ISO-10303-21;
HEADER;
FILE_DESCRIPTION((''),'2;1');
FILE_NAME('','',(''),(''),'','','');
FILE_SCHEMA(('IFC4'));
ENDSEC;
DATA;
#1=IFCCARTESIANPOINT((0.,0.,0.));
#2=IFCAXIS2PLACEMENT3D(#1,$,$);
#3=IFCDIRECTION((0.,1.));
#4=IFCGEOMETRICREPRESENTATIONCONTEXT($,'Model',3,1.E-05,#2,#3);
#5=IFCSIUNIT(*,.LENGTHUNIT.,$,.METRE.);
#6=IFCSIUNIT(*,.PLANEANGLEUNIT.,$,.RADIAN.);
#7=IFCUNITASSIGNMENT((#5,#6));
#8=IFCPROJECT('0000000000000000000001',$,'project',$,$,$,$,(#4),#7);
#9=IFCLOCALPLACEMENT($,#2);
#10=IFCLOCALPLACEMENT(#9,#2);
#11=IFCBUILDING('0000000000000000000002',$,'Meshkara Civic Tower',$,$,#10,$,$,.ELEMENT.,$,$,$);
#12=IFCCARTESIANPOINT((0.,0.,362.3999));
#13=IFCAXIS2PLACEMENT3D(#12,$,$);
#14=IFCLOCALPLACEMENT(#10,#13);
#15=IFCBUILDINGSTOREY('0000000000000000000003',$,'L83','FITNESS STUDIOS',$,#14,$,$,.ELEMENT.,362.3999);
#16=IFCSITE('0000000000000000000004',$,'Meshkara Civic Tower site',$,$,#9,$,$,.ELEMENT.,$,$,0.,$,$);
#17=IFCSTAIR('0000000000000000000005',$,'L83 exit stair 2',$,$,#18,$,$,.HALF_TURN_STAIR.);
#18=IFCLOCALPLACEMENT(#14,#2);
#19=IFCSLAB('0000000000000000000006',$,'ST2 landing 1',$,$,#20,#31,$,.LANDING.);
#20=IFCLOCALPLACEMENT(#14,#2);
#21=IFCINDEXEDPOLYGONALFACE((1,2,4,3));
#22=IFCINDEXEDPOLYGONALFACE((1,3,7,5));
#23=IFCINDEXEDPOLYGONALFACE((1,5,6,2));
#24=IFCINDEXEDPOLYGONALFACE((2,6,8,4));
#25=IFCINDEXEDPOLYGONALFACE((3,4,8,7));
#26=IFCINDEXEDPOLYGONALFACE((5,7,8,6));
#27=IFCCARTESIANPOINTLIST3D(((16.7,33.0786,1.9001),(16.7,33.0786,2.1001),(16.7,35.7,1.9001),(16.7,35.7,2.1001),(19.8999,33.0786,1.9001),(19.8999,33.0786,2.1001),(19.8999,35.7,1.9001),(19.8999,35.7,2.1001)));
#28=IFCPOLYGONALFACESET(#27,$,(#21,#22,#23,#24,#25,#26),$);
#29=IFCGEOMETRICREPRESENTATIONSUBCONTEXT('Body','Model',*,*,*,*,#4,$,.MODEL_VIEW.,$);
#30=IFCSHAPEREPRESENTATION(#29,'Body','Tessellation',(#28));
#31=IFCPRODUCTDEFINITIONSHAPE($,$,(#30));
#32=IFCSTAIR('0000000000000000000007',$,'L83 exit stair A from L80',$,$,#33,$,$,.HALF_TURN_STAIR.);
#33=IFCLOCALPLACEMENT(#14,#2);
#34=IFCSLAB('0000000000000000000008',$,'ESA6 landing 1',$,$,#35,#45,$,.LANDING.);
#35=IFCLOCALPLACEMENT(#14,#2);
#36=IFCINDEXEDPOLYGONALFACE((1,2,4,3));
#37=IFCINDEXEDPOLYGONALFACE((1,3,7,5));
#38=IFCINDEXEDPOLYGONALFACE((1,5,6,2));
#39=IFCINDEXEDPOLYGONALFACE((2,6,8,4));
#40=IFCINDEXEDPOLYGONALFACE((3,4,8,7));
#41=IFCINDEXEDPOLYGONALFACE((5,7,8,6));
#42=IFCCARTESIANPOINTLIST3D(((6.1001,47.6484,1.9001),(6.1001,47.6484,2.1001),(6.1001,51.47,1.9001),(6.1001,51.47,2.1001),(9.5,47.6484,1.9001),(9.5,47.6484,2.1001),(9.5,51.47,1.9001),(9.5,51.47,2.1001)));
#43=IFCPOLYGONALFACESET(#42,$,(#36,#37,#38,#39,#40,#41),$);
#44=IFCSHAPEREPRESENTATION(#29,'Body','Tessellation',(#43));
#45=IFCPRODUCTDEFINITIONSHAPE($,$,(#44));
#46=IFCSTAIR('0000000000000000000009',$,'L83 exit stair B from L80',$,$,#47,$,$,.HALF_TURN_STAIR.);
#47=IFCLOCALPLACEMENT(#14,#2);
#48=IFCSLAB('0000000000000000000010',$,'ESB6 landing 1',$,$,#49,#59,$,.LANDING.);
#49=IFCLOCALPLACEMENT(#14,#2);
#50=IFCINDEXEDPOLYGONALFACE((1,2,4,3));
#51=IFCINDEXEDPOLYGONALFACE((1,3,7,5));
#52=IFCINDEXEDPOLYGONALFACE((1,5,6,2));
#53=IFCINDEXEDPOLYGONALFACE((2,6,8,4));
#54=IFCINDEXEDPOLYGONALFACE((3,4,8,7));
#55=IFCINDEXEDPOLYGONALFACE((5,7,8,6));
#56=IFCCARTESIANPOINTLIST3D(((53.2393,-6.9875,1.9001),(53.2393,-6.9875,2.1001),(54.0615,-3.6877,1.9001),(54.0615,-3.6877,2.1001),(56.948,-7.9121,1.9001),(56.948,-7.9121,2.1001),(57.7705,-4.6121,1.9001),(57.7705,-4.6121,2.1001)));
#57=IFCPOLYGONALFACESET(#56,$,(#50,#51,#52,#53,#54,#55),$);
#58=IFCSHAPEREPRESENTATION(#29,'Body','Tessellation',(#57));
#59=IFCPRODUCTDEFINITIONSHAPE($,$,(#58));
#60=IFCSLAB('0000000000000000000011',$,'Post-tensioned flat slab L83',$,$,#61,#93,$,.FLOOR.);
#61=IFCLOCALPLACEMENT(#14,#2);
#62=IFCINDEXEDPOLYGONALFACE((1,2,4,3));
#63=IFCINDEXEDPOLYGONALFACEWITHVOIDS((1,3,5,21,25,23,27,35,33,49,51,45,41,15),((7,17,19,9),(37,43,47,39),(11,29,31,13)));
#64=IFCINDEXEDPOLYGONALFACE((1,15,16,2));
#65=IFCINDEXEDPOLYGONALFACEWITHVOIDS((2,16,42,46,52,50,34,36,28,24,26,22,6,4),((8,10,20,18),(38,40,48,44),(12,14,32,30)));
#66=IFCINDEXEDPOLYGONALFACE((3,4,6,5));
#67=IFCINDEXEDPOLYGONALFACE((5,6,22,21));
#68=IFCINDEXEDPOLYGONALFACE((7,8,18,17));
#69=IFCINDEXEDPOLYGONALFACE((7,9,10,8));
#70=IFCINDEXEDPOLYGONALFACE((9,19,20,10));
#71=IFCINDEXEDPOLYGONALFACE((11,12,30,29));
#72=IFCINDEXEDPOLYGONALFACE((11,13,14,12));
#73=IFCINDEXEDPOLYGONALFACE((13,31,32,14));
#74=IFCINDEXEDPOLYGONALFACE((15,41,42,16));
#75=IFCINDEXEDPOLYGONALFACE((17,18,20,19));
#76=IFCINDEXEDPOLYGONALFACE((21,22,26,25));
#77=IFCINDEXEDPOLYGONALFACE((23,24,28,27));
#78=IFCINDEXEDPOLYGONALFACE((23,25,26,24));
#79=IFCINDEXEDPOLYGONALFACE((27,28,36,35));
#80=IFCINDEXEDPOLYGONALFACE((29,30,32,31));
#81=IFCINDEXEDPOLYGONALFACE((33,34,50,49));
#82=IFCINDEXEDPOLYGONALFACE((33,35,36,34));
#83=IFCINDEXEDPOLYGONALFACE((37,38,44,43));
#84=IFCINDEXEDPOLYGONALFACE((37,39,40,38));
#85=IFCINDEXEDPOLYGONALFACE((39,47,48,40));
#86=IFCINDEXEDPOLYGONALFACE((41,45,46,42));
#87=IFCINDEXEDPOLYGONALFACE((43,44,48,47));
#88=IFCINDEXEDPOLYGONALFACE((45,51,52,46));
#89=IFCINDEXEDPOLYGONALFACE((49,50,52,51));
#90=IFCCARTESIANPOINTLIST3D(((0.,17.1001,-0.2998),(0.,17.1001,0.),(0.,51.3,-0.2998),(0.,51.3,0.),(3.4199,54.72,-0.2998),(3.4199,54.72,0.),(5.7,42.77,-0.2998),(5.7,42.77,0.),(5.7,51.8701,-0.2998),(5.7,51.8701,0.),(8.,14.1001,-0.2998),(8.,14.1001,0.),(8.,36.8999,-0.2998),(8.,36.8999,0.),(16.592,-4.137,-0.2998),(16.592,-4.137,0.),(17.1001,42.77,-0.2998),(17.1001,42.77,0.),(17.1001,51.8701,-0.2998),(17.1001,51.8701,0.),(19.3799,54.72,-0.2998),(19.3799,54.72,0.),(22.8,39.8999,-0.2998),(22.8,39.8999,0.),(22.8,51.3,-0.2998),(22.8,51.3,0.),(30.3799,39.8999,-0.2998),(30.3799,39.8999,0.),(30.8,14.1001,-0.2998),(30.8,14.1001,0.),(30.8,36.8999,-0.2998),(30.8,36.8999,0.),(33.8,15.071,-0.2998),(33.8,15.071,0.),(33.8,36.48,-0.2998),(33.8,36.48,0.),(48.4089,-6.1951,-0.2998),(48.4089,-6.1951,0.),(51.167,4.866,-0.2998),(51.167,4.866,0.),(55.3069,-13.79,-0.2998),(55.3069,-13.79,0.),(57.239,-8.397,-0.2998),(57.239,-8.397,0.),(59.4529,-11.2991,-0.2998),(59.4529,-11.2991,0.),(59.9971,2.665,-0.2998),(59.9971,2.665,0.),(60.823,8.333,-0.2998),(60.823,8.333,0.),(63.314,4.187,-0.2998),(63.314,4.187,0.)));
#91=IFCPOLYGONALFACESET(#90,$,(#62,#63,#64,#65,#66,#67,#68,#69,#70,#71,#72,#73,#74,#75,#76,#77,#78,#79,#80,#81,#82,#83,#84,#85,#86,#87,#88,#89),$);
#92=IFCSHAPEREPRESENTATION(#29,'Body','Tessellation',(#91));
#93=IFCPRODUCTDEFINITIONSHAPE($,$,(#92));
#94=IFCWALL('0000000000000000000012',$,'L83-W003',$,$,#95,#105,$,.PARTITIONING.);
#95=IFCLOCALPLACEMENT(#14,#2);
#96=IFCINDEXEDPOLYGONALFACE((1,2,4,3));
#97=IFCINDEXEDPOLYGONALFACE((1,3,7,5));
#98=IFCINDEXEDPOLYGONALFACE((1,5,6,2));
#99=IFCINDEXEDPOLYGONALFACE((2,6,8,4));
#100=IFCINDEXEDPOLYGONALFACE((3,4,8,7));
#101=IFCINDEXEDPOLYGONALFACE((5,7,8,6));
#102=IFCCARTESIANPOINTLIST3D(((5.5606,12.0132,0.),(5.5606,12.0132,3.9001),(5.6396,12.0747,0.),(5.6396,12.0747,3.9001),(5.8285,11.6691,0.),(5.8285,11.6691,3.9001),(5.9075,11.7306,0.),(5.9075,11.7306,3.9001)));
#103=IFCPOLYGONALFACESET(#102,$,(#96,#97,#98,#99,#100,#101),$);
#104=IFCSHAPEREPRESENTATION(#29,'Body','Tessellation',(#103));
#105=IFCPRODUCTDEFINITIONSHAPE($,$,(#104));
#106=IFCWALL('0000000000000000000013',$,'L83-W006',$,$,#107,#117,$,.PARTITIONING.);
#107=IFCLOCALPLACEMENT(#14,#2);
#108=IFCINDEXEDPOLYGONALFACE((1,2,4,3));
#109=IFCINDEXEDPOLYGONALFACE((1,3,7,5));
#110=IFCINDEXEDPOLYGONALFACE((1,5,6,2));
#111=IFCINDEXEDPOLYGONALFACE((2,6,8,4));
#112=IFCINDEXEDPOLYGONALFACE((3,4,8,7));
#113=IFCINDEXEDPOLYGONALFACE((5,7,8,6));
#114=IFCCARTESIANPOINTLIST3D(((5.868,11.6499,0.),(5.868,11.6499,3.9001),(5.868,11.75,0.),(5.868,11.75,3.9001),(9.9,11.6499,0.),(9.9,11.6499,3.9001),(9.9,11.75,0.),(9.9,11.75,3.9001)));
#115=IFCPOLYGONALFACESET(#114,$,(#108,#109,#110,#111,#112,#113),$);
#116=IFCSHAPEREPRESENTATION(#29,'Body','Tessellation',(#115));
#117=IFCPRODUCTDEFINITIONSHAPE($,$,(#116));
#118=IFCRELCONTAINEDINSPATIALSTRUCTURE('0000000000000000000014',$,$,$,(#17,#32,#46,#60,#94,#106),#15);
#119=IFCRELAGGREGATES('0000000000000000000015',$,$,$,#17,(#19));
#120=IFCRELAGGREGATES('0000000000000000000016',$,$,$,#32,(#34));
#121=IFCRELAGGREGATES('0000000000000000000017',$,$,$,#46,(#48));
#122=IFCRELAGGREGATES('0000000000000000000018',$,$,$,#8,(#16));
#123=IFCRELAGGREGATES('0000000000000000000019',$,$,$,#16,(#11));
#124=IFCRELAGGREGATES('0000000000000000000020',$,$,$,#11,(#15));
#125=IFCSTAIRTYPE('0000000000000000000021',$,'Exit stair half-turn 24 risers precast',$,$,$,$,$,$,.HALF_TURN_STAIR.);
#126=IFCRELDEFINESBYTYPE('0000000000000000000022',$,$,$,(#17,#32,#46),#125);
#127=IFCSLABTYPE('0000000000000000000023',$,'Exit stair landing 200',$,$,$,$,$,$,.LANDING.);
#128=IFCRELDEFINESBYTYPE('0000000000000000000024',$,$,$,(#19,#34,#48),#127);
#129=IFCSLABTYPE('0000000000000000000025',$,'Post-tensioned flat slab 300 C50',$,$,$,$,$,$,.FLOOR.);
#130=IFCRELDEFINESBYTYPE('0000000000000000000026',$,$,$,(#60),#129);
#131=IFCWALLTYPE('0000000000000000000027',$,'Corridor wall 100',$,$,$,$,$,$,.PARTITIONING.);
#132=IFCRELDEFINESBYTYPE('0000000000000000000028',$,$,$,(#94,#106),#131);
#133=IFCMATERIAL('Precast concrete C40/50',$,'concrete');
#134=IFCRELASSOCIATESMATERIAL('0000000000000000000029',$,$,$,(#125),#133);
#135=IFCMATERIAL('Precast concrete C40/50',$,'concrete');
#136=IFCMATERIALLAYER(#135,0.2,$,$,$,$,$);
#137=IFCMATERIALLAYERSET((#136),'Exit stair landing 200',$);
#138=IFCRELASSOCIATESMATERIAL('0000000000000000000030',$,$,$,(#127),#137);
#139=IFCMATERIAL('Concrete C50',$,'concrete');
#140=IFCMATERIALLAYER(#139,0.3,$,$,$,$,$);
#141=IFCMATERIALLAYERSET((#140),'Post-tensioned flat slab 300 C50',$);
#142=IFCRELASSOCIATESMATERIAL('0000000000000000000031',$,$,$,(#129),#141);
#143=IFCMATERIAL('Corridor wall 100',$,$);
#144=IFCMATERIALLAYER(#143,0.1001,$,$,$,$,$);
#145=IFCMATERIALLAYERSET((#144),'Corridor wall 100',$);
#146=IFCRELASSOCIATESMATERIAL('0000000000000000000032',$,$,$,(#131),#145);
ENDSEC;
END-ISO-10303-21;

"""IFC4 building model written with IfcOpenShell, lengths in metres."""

from ifc_helpers import new_model, si_unit, direction, frame, frame_2d, origin, place, context, subcontext, project, spatial, polyline, rectangle, outline, extrude, material, layer, layer_set, type_object, element, aggregate, save


model = new_model("IFC4")

# Units and contexts
model_context = context("Model", 3, precision=1e-05, world=origin(), true_north=direction((0.0, 1.0)))
body_context = subcontext(model_context, "Body", "Model", "MODEL_VIEW")
ifc_project = project(units=[si_unit("LENGTHUNIT", "METRE"), si_unit("PLANEANGLEUNIT", "RADIAN")], contexts=[model_context])

# Site, building, storey
site_placement = place(None, origin())
site = spatial("IfcSite", under=ifc_project, at=site_placement, Name="Meshkara Civic Tower site", CompositionType="ELEMENT", RefElevation=0.0)
building_placement = place(site_placement, origin())
building = spatial("IfcBuilding", under=site, at=building_placement, Name="Meshkara Civic Tower", CompositionType="ELEMENT")
storey_placement = place(building_placement, frame((0.0, 0.0, 362.3999)))
storey = spatial("IfcBuildingStorey", under=building, at=storey_placement, Name="L83", Description="FITNESS STUDIOS", CompositionType="ELEMENT", Elevation=362.3999)

# Stairs, slabs
ifc_material_1 = material(Name="Precast concrete C40/50", Category="concrete")
stair_type = type_object("IfcStairType", Name="Exit stair half-turn 24 risers precast", PredefinedType="HALF_TURN_STAIR", material=ifc_material_1)
ifc_material_2 = material(Name="Precast concrete C40/50", Category="concrete")
ifc_layer_1 = layer(ifc_material_2, 0.2)
ifc_layer_set_1 = layer_set([ifc_layer_1], Name="Exit stair landing 200")
slab_type_1 = type_object("IfcSlabType", Name="Exit stair landing 200", PredefinedType="LANDING", material=ifc_layer_set_1)
stair_1_placement = place(storey_placement, origin())
stair_1 = element("IfcStair", 1, at=stair_1_placement, inside=storey, type_object=stair_type, Name="L83 exit stair 2", PredefinedType="HALF_TURN_STAIR")
slab_1_placement = place(storey_placement, frame((0.0, 0.0, 1.9001)))
slab_1 = element("IfcSlab", 2, at=slab_1_placement, type_object=slab_type_1, Name="ST2 landing 1", PredefinedType="LANDING", context=body_context, shape_type="SweptSolid", body=[
    extrude(outline(polyline([(19.8999, 33.0786), (19.8999, 35.7), (16.7, 35.7), (16.7, 33.0786), (19.8999, 33.0786)])), origin(), (0.0, 0.0, 1.0), 0.2),
])
aggregate(stair_1, [slab_1])
stair_2_placement = place(storey_placement, origin())
stair_2 = element("IfcStair", 3, at=stair_2_placement, inside=storey, type_object=stair_type, Name="L83 exit stair A from L80", PredefinedType="HALF_TURN_STAIR")
slab_2_placement = place(storey_placement, frame((0.0, 0.0, 1.9001)))
slab_2 = element("IfcSlab", 4, at=slab_2_placement, type_object=slab_type_1, Name="ESA6 landing 1", PredefinedType="LANDING", context=body_context, shape_type="SweptSolid", body=[
    extrude(outline(polyline([(9.5, 47.6484), (9.5, 51.47), (6.1001, 51.47), (6.1001, 47.6484), (9.5, 47.6484)])), origin(), (0.0, 0.0, 1.0), 0.2),
])
aggregate(stair_2, [slab_2])
stair_3_placement = place(storey_placement, origin())
stair_3 = element("IfcStair", 5, at=stair_3_placement, inside=storey, type_object=stair_type, Name="L83 exit stair B from L80", PredefinedType="HALF_TURN_STAIR")
slab_3_placement = place(storey_placement, frame((0.0, 0.0, 1.9001)))
slab_3 = element("IfcSlab", 6, at=slab_3_placement, type_object=slab_type_1, Name="ESB6 landing 1", PredefinedType="LANDING", context=body_context, shape_type="SweptSolid", body=[
    extrude(outline(polyline([(53.2393, -6.9875), (56.948, -7.9121), (57.7705, -4.6121), (54.0615, -3.6877), (53.2393, -6.9875)])), origin(), (0.0, 0.0, 1.0), 0.2),
])
aggregate(stair_3, [slab_3])

# Slab
ifc_material_3 = material(Name="Concrete C50", Category="concrete")
ifc_layer_2 = layer(ifc_material_3, 0.3)
ifc_layer_set_2 = layer_set([ifc_layer_2], Name="Post-tensioned flat slab 300 C50")
slab_type_2 = type_object("IfcSlabType", Name="Post-tensioned flat slab 300 C50", PredefinedType="FLOOR", material=ifc_layer_set_2)
slab_4_placement = place(storey_placement, frame((0.0, 0.0, -0.2998)))
element("IfcSlab", 7, at=slab_4_placement, inside=storey, type_object=slab_type_2, Name="Post-tensioned flat slab L83", PredefinedType="FLOOR", context=body_context, shape_type="SweptSolid", body=[
    extrude(outline(polyline([(59.4529, -11.2991), (55.3069, -13.79), (16.592, -4.137), (0.0, 17.1001), (0.0, 51.3), (3.4199, 54.72), (19.3799, 54.72), (22.8, 51.3), (22.8, 39.8999), (30.3799, 39.8999), (33.8, 36.48), (33.8, 15.071), (60.823, 8.333), (63.314, 4.187), (59.4529, -11.2991)]), holes=[polyline([(57.239, -8.397), (59.9971, 2.665), (51.167, 4.866), (48.4089, -6.1951), (57.239, -8.397)]), polyline([(8.0, 14.1001), (30.8, 14.1001), (30.8, 36.8999), (8.0, 36.8999), (8.0, 14.1001)]), polyline([(5.7, 51.8701), (5.7, 42.77), (17.1001, 42.77), (17.1001, 51.8701), (5.7, 51.8701)])]), origin(), (0.0, 0.0, 1.0), 0.2998),
])

# Walls
ifc_material_4 = material(Name="Corridor wall 100")
ifc_layer_3 = layer(ifc_material_4, 0.1001)
ifc_layer_set_3 = layer_set([ifc_layer_3], Name="Corridor wall 100")
wall_type = type_object("IfcWallType", Name="Corridor wall 100", PredefinedType="PARTITIONING", material=ifc_layer_set_3)
wall_1_placement = place(storey_placement, frame((5.6001, 12.0439, 0.0), z_axis=(0.0, 0.0, 1.0), x_axis=(0.614328, -0.789051, 0.0)))
element("IfcWall", 8, at=wall_1_placement, inside=storey, type_object=wall_type, Name="L83-W003", PredefinedType="PARTITIONING", context=body_context, shape_type="SweptSolid", body=[
    extrude(rectangle(XDim=0.436, YDim=0.1001, at=frame_2d((0.218, 0.0))), origin(), (0.0, 0.0, 1.0), 3.9001),
])
wall_2_placement = place(storey_placement, frame((5.8679, 11.7, 0.0), z_axis=(0.0, 0.0, 1.0), x_axis=(1.0, 0.0, 0.0)))
element("IfcWall", 9, at=wall_2_placement, inside=storey, type_object=wall_type, Name="L83-W006", PredefinedType="PARTITIONING", context=body_context, shape_type="SweptSolid", body=[
    extrude(rectangle(XDim=4.032, YDim=0.1001, at=frame_2d((2.0161, 0.0))), origin(), (0.0, 0.0, 1.0), 3.9001),
])

save(model, "model.ifc")
